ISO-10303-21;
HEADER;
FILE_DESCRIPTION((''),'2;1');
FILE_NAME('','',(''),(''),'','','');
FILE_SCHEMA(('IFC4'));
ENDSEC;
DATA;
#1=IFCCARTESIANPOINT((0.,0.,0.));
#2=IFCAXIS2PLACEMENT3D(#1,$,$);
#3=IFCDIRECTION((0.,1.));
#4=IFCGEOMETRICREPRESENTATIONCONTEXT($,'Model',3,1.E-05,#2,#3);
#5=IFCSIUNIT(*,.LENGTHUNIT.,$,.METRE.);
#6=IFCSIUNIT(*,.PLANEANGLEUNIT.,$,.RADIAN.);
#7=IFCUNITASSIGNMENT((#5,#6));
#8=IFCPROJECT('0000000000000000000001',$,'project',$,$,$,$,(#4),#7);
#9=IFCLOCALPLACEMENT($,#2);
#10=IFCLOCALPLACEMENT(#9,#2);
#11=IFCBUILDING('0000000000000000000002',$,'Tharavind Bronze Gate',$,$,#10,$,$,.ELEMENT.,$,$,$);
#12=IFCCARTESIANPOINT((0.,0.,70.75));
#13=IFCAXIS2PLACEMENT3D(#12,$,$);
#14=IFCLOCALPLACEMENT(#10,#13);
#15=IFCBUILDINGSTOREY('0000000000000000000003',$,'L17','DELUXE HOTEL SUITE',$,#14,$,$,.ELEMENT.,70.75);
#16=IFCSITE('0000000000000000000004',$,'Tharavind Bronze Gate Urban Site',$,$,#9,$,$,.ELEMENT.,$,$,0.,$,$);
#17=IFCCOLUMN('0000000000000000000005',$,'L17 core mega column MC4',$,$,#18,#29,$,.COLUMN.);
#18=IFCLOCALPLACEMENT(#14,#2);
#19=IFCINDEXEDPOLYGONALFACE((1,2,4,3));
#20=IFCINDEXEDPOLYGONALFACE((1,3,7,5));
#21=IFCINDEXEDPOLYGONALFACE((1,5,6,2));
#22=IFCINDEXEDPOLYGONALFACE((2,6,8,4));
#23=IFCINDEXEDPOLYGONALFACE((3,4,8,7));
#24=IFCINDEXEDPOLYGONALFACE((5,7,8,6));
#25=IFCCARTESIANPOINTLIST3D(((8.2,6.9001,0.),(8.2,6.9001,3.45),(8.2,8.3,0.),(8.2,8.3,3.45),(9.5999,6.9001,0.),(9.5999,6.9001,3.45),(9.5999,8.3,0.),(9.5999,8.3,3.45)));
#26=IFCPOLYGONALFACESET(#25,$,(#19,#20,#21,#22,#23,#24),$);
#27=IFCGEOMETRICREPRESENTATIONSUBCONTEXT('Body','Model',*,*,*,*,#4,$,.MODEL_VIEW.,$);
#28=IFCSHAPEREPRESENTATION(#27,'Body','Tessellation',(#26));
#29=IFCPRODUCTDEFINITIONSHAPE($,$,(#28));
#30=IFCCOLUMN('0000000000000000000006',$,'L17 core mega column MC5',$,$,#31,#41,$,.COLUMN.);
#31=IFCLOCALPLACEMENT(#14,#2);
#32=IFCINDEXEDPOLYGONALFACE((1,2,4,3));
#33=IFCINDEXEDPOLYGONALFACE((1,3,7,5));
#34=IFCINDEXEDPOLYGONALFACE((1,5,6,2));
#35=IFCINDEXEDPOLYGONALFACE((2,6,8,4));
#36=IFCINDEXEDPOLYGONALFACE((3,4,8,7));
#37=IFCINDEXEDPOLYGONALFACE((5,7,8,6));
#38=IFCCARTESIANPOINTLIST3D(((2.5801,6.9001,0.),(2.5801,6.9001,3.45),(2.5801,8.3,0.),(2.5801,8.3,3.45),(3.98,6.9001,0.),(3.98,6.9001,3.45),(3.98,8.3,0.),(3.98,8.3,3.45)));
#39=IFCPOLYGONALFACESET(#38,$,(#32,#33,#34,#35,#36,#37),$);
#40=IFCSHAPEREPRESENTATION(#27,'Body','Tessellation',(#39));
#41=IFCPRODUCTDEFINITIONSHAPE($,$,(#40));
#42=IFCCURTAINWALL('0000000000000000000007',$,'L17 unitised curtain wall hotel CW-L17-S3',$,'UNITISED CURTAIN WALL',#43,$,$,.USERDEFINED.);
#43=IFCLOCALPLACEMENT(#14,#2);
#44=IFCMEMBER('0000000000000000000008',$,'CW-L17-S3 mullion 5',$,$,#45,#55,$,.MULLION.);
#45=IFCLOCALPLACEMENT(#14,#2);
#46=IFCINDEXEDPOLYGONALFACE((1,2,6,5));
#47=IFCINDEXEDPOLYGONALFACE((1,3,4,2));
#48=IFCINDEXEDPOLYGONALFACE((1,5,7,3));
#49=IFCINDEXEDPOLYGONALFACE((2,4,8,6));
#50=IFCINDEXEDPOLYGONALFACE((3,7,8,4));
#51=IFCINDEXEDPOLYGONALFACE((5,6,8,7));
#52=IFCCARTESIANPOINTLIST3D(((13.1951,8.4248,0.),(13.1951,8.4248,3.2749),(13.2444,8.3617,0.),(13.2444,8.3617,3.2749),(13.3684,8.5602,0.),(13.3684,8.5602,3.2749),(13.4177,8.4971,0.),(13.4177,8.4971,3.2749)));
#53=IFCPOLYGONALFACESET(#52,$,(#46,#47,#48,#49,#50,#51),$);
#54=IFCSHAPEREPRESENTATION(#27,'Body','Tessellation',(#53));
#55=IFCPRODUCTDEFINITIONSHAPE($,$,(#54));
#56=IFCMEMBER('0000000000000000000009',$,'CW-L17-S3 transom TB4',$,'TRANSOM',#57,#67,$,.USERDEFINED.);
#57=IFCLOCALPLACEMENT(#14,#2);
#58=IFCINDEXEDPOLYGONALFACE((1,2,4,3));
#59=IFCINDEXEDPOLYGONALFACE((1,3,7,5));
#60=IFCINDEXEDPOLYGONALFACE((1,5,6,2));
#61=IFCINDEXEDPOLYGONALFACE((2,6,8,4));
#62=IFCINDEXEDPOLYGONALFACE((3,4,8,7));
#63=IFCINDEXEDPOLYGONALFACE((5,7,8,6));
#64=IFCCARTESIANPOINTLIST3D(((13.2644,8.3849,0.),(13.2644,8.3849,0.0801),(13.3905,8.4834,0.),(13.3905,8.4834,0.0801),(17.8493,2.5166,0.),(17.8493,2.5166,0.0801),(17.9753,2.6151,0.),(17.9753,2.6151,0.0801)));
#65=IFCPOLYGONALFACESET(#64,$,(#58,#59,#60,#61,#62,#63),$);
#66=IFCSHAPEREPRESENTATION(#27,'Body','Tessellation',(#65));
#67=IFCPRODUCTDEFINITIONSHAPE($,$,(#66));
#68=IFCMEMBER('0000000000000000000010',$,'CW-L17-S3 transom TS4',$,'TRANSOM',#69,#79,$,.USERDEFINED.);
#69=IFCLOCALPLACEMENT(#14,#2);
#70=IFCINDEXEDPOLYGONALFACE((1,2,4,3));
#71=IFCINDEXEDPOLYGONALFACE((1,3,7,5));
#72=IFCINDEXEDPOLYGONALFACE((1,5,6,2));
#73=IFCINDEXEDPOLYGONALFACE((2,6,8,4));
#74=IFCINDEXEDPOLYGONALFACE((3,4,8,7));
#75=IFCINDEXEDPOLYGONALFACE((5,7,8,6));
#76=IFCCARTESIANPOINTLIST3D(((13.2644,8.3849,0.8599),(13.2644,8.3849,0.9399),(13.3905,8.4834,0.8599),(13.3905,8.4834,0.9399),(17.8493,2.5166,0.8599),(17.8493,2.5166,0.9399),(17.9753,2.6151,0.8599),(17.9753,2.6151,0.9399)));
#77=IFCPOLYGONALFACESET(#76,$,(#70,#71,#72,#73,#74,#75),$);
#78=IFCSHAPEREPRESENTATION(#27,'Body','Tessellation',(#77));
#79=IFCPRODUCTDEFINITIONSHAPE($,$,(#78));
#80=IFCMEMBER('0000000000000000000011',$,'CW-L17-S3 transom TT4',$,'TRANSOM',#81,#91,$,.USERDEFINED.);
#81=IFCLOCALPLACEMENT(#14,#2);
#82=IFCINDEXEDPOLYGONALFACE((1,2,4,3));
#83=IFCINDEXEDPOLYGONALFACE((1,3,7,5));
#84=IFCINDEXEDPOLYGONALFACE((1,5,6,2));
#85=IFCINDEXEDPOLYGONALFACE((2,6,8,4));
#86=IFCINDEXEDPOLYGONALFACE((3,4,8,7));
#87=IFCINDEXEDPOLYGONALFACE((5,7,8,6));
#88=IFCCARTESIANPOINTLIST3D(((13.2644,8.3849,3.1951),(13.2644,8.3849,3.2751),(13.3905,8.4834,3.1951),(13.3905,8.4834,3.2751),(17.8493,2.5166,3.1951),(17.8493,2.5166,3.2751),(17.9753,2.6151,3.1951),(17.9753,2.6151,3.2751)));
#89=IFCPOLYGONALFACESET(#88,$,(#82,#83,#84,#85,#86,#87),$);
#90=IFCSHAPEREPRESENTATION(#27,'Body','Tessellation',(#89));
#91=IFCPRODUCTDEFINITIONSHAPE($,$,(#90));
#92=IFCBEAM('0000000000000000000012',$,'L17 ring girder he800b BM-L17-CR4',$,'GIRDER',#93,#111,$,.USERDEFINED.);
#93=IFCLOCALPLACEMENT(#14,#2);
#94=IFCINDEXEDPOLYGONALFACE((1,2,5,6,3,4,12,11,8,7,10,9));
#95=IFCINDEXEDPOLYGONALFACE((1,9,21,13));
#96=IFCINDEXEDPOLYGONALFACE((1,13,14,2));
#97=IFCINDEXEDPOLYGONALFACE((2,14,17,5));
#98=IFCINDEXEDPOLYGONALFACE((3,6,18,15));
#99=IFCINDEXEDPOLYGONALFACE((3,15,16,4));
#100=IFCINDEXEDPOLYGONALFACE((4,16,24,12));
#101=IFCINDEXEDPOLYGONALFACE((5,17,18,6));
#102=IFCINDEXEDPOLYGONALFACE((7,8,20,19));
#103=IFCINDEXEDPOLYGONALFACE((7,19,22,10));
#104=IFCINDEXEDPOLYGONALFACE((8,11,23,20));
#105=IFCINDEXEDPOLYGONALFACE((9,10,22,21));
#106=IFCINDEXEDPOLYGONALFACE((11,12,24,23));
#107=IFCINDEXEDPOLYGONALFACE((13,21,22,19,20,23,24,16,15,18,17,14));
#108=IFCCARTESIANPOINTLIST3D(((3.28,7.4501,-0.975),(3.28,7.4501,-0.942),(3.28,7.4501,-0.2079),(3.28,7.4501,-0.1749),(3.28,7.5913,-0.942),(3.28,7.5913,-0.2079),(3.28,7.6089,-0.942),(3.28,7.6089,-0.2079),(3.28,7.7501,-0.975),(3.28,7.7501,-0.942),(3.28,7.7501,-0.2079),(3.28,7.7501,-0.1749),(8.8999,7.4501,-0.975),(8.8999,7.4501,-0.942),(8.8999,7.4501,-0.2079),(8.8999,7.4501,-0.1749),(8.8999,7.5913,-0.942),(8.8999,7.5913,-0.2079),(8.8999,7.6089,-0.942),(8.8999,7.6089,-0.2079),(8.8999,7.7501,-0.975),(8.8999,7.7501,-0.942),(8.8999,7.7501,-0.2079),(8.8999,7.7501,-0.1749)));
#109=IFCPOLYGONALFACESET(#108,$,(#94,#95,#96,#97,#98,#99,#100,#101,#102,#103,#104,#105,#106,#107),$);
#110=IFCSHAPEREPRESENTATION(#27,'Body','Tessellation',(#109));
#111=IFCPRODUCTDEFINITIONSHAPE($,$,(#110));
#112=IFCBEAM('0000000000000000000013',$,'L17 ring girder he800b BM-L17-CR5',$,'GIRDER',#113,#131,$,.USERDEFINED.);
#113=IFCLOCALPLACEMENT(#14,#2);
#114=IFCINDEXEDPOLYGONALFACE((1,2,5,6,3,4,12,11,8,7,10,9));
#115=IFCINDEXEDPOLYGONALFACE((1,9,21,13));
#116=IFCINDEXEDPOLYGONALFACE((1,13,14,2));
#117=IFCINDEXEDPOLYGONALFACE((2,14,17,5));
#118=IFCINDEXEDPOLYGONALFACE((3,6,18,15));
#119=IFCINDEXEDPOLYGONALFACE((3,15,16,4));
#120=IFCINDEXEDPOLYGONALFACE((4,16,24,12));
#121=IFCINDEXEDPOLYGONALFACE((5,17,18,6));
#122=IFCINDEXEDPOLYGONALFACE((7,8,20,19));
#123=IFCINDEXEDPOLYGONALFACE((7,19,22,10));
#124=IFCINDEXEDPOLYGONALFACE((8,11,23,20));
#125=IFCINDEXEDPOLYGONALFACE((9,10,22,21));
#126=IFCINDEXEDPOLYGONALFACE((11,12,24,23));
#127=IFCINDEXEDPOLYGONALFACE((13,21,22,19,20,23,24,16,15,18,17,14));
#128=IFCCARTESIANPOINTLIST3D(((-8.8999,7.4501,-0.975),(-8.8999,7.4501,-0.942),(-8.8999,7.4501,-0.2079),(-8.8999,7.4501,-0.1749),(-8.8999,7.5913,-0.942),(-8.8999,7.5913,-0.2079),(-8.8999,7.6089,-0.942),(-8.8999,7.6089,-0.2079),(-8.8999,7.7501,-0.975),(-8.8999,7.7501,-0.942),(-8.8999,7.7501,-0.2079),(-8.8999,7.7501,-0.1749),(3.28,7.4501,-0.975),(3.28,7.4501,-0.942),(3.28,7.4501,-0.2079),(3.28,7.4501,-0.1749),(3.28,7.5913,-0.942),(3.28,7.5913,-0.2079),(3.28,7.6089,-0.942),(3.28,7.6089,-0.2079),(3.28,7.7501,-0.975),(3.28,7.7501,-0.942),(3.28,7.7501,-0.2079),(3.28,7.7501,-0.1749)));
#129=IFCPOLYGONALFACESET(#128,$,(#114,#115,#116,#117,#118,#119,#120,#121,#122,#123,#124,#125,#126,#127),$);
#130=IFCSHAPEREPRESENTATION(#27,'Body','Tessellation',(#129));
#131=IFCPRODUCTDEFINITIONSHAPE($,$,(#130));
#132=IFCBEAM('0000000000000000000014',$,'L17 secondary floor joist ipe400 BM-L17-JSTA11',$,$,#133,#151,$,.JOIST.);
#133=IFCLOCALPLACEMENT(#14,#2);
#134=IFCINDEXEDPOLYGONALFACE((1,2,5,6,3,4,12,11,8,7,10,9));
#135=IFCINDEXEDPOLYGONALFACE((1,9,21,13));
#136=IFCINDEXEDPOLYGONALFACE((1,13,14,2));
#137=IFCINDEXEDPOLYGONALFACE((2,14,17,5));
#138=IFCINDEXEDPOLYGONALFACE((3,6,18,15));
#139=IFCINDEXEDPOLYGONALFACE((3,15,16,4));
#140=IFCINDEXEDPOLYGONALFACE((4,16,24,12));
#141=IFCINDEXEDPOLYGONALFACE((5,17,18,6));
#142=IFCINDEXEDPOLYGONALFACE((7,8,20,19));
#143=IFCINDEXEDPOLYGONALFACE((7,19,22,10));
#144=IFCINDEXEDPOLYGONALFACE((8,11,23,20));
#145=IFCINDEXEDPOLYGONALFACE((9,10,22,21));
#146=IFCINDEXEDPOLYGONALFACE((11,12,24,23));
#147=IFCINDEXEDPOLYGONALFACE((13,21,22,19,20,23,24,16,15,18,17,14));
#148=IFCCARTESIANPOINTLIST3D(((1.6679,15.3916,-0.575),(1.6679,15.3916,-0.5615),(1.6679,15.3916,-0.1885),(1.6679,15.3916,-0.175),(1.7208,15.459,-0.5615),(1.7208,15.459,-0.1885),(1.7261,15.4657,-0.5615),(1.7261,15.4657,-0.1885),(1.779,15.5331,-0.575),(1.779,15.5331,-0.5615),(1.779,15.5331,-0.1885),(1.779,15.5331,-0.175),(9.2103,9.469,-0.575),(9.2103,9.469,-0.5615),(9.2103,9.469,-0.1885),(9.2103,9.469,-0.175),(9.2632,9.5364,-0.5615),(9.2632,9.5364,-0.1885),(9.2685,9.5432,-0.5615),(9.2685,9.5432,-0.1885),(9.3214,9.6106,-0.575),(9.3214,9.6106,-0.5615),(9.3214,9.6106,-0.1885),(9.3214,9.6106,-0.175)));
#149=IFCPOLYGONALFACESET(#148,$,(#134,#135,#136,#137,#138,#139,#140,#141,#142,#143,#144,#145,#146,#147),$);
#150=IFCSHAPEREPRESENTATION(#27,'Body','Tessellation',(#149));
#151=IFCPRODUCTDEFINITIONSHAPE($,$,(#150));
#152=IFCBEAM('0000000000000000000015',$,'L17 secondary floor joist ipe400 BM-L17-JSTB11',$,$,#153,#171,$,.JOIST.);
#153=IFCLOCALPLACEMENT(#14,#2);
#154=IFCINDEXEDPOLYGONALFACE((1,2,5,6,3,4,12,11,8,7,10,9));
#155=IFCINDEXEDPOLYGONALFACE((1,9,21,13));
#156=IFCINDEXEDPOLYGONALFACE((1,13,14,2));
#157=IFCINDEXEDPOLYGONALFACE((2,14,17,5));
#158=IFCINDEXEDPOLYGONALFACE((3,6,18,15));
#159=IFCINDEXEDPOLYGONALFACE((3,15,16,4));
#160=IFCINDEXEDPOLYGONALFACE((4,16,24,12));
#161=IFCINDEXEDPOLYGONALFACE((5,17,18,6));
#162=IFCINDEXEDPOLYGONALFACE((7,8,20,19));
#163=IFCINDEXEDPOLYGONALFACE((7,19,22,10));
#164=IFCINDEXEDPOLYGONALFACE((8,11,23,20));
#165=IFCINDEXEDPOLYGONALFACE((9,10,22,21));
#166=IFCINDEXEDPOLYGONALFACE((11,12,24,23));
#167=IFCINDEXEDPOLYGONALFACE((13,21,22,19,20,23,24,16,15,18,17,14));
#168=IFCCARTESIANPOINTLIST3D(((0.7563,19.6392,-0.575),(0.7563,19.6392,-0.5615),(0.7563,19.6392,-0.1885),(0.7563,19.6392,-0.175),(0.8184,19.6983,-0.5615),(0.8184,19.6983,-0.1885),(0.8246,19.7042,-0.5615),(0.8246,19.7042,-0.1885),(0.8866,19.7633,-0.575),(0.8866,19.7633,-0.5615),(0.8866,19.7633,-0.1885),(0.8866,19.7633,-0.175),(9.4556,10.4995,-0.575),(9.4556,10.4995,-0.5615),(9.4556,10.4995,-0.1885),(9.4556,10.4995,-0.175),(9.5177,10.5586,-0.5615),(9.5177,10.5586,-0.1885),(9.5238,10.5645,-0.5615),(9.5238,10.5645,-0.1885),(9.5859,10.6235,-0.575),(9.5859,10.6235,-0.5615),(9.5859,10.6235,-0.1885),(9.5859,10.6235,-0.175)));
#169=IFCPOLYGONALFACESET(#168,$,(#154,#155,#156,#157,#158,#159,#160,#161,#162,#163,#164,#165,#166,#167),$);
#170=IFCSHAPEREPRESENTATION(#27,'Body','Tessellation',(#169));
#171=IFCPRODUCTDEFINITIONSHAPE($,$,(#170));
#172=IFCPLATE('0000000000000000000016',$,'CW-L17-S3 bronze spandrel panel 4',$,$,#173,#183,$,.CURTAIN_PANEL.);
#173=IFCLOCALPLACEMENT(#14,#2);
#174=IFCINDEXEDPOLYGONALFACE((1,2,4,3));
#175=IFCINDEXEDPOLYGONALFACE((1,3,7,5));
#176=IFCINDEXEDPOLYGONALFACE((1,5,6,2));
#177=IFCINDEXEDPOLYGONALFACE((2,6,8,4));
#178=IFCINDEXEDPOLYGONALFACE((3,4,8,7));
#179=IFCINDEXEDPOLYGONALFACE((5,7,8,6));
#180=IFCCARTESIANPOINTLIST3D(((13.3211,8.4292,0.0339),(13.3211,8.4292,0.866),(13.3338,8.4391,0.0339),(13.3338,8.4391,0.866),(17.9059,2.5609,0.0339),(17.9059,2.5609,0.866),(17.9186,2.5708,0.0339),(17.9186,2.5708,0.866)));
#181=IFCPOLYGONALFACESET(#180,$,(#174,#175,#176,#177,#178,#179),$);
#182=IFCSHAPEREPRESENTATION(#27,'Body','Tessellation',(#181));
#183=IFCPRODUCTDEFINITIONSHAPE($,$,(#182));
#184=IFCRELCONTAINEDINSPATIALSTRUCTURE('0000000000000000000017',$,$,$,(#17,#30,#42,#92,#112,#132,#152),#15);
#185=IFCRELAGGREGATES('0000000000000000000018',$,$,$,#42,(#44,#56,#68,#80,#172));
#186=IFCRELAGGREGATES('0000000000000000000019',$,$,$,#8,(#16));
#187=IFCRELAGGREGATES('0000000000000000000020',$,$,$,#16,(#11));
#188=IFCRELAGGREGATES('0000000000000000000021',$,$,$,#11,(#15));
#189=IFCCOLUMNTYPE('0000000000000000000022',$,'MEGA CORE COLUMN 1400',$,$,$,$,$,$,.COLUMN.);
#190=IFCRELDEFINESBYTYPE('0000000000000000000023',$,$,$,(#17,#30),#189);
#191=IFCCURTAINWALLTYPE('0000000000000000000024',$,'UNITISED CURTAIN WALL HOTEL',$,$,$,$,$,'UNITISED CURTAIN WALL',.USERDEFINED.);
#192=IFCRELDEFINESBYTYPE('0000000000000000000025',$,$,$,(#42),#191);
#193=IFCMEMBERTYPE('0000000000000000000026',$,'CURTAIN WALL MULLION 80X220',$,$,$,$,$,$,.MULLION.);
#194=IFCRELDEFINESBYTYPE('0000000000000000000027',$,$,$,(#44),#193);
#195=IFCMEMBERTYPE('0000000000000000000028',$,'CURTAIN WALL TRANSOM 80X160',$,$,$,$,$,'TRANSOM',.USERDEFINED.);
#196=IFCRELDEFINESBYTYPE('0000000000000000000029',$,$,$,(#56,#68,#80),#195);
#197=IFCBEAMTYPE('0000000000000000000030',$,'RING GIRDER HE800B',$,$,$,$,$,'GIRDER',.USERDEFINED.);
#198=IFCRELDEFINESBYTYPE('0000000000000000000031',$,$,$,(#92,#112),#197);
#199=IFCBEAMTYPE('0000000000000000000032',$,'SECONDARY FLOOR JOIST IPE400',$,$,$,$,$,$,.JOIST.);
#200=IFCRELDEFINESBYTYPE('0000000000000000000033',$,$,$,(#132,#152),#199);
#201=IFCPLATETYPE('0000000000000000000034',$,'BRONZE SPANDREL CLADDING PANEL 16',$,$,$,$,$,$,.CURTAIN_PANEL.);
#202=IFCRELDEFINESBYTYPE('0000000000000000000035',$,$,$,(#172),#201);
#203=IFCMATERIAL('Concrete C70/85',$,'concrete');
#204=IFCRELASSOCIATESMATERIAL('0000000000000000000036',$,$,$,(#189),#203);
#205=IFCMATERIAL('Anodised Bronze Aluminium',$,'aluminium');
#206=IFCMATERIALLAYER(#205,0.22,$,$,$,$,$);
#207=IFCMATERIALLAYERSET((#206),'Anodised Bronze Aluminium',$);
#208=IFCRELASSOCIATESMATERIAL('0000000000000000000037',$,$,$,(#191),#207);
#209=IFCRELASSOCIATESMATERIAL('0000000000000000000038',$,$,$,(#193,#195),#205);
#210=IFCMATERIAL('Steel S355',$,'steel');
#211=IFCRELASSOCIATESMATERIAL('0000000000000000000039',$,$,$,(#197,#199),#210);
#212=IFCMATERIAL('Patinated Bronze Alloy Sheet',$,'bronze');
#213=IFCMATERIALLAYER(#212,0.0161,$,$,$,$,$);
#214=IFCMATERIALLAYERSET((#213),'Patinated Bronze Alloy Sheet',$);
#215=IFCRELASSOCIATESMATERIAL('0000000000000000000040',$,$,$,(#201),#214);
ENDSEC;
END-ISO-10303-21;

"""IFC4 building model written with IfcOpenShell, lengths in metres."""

from ifc_helpers import new_model, si_unit, direction, frame, origin, origin_2d, place, context, subcontext, project, spatial, rectangle, i_section, extrude, material, layer, layer_set, material_profile, profile_set, type_object, element, aggregate, save


model = new_model("IFC4")

# Units and contexts
model_context = context("Model", 3, precision=1e-05, world=origin(), true_north=direction((0.0, 1.0)))
body_context = subcontext(model_context, "Body", "Model", "MODEL_VIEW")
ifc_project = project(units=[si_unit("LENGTHUNIT", "METRE"), si_unit("PLANEANGLEUNIT", "RADIAN")], contexts=[model_context])

# Site, building, storey
site_placement = place(None, origin())
site = spatial("IfcSite", under=ifc_project, at=site_placement, Name="Tharavind Bronze Gate Urban Site", CompositionType="ELEMENT", RefElevation=0.0)
building_placement = place(site_placement, origin())
building = spatial("IfcBuilding", under=site, at=building_placement, Name="Tharavind Bronze Gate", CompositionType="ELEMENT")
storey_placement = place(building_placement, frame((0.0, 0.0, 70.75)))
storey = spatial("IfcBuildingStorey", under=building, at=storey_placement, Name="L17", Description="DELUXE HOTEL SUITE", CompositionType="ELEMENT", Elevation=70.75)

# Columns
ifc_material_1 = material(Name="Concrete C70/85", Category="concrete")
ifc_material_profile_1 = material_profile(ifc_material_1, rectangle(XDim=1.3999, YDim=1.3999, at=origin_2d()), Name="RCCOL1400")
ifc_profile_set_1 = profile_set([ifc_material_profile_1], Name="Concrete C70/85")
column_type = type_object("IfcColumnType", Name="MEGA CORE COLUMN 1400", PredefinedType="COLUMN", material=ifc_profile_set_1)
for number, where, z_axis, x_axis, name in (
    (1, (8.8999, 7.6001, 0.0), (0.0, 0.0, 1.0), (1.0, 0.0, 0.0), "L17 core mega column MC4"),
    (2, (3.28, 7.6001, 0.0), (0.0, 0.0, 1.0), (1.0, 0.0, 0.0), "L17 core mega column MC5"),
):
    element("IfcColumn", number, at=place(storey_placement, frame(where, z_axis=z_axis, x_axis=x_axis)), inside=storey, type_object=column_type, Name=name, PredefinedType="COLUMN", context=body_context, shape_type="SweptSolid", body=[
        extrude(rectangle(XDim=1.3999, YDim=1.3999, at=origin_2d()), origin(), (0.0, 0.0, 1.0), 3.45),
    ])

# Curtain wall, members
ifc_material_2 = material(Name="Anodised Bronze Aluminium", Category="aluminium")
ifc_layer_1 = layer(ifc_material_2, 0.22)
ifc_layer_set_1 = layer_set([ifc_layer_1], Name="Anodised Bronze Aluminium")
curtain_wall_type = type_object("IfcCurtainWallType", Name="UNITISED CURTAIN WALL HOTEL", ElementType="UNITISED CURTAIN WALL", PredefinedType="USERDEFINED", material=ifc_layer_set_1)
curtain_wall_placement = place(storey_placement, origin())
curtain_wall = element("IfcCurtainWall", 3, at=curtain_wall_placement, inside=storey, type_object=curtain_wall_type, Name="L17 unitised curtain wall hotel CW-L17-S3", ObjectType="UNITISED CURTAIN WALL", PredefinedType="USERDEFINED")
member_type_1 = type_object("IfcMemberType", Name="CURTAIN WALL MULLION 80X220", PredefinedType="MULLION", material=ifc_material_2)
member_1_placement = place(storey_placement, frame((13.3064, 8.4609, 0.0), z_axis=(0.0, 0.0, 1.0), x_axis=(-0.615661, 0.788011, 0.0)))
member_1 = element("IfcMember", 4, at=member_1_placement, type_object=member_type_1, Name="CW-L17-S3 mullion 5", PredefinedType="MULLION", context=body_context, shape_type="SweptSolid", body=[
    extrude(rectangle(XDim=0.0801, YDim=0.22, at=origin_2d()), origin(), (0.0, 0.0, 1.0), 3.2749),
])
member_type_2 = type_object("IfcMemberType", Name="CURTAIN WALL TRANSOM 80X160", ElementType="TRANSOM", PredefinedType="USERDEFINED", material=ifc_material_2)
member_2_placement = place(storey_placement, frame((15.6199, 5.5, 0.0), z_axis=(0.0, 0.0, 1.0), x_axis=(-0.615661, 0.788011, 0.0)))
member_2 = element("IfcMember", 5, at=member_2_placement, type_object=member_type_2, Name="CW-L17-S3 transom TB4", ObjectType="TRANSOM", PredefinedType="USERDEFINED", context=body_context, shape_type="SweptSolid", body=[
    extrude(rectangle(XDim=7.447, YDim=0.1599, at=origin_2d()), origin(), (0.0, 0.0, 1.0), 0.0801),
])
member_3_placement = place(storey_placement, frame((15.6199, 5.5, 0.8599), z_axis=(0.0, 0.0, 1.0), x_axis=(-0.615661, 0.788011, 0.0)))
member_3 = element("IfcMember", 6, at=member_3_placement, type_object=member_type_2, Name="CW-L17-S3 transom TS4", ObjectType="TRANSOM", PredefinedType="USERDEFINED", context=body_context, shape_type="SweptSolid", body=[
    extrude(rectangle(XDim=7.447, YDim=0.1599, at=origin_2d()), origin(), (0.0, 0.0, 1.0), 0.0801),
])
member_4_placement = place(storey_placement, frame((15.6199, 5.5, 3.1951), z_axis=(0.0, 0.0, 1.0), x_axis=(-0.615661, 0.788011, 0.0)))
member_4 = element("IfcMember", 7, at=member_4_placement, type_object=member_type_2, Name="CW-L17-S3 transom TT4", ObjectType="TRANSOM", PredefinedType="USERDEFINED", context=body_context, shape_type="SweptSolid", body=[
    extrude(rectangle(XDim=7.447, YDim=0.1599, at=origin_2d()), origin(), (0.0, 0.0, 1.0), 0.0801),
])

# Beams
ifc_material_3 = material(Name="Steel S355", Category="steel")
ifc_material_profile_2 = material_profile(ifc_material_3, i_section(OverallWidth=0.3, OverallDepth=0.8, WebThickness=0.0176, FlangeThickness=0.033, at=origin_2d()), Name="HE800B")
ifc_profile_set_2 = profile_set([ifc_material_profile_2], Name="Steel S355")
beam_type_1 = type_object("IfcBeamType", Name="RING GIRDER HE800B", ElementType="GIRDER", PredefinedType="USERDEFINED", material=ifc_profile_set_2)
beam_1_placement = place(storey_placement, frame((8.8999, 7.6001, -0.575), z_axis=(-1.0, 0.0, 0.0), x_axis=(0.0, -1.0, 0.0)))
element("IfcBeam", 8, at=beam_1_placement, inside=storey, type_object=beam_type_1, Name="L17 ring girder he800b BM-L17-CR4", ObjectType="GIRDER", PredefinedType="USERDEFINED", context=body_context, shape_type="SweptSolid", body=[
    extrude(i_section(OverallWidth=0.3, OverallDepth=0.8, WebThickness=0.0176, FlangeThickness=0.033, at=origin_2d()), origin(), (0.0, 0.0, 1.0), 5.6199),
])
beam_2_placement = place(storey_placement, frame((3.28, 7.6001, -0.575), z_axis=(-1.0, 0.0, 0.0), x_axis=(0.0, -1.0, 0.0)))
element("IfcBeam", 9, at=beam_2_placement, inside=storey, type_object=beam_type_1, Name="L17 ring girder he800b BM-L17-CR5", ObjectType="GIRDER", PredefinedType="USERDEFINED", context=body_context, shape_type="SweptSolid", body=[
    extrude(i_section(OverallWidth=0.3, OverallDepth=0.8, WebThickness=0.0176, FlangeThickness=0.033, at=origin_2d()), origin(), (0.0, 0.0, 1.0), 12.1799),
])
ifc_material_profile_3 = material_profile(ifc_material_3, i_section(OverallWidth=0.1799, OverallDepth=0.3999, WebThickness=0.0085, FlangeThickness=0.0134, at=origin_2d()), Name="IPE400")
ifc_profile_set_3 = profile_set([ifc_material_profile_3], Name="Steel S355")
beam_type_2 = type_object("IfcBeamType", Name="SECONDARY FLOOR JOIST IPE400", PredefinedType="JOIST", material=ifc_profile_set_3)
beam_3_placement = place(storey_placement, frame((9.2659, 9.5398, -0.375), z_axis=(-0.786502, 0.617588, 0.0), x_axis=(-0.617588, -0.786502, 0.0)))
element("IfcBeam", 10, at=beam_3_placement, inside=storey, type_object=beam_type_2, Name="L17 secondary floor joist ipe400 BM-L17-JSTA11", PredefinedType="JOIST", context=body_context, shape_type="SweptSolid", body=[
    extrude(i_section(OverallWidth=0.1799, OverallDepth=0.3999, WebThickness=0.0085, FlangeThickness=0.0134, at=origin_2d()), origin(), (0.0, 0.0, 1.0), 9.5898),
])
beam_4_placement = place(storey_placement, frame((9.5208, 10.5615, -0.375), z_axis=(-0.689439, 0.724344, 0.0), x_axis=(-0.724344, -0.689439, 0.0)))
element("IfcBeam", 11, at=beam_4_placement, inside=storey, type_object=beam_type_2, Name="L17 secondary floor joist ipe400 BM-L17-JSTB11", PredefinedType="JOIST", context=body_context, shape_type="SweptSolid", body=[
    extrude(i_section(OverallWidth=0.1799, OverallDepth=0.3999, WebThickness=0.0085, FlangeThickness=0.0134, at=origin_2d()), origin(), (0.0, 0.0, 1.0), 12.6179),
])

# Plate
ifc_material_4 = material(Name="Patinated Bronze Alloy Sheet", Category="bronze")
ifc_layer_2 = layer(ifc_material_4, 0.0161)
ifc_layer_set_2 = layer_set([ifc_layer_2], Name="Patinated Bronze Alloy Sheet")
plate_type_1 = type_object("IfcPlateType", Name="BRONZE SPANDREL CLADDING PANEL 16", PredefinedType="CURTAIN_PANEL", material=ifc_layer_set_2)
plate_1_placement = place(storey_placement, frame((15.6199, 5.5, 0.0339), z_axis=(0.0, 0.0, 1.0), x_axis=(-0.615661, 0.788011, 0.0)))
plate_1 = element("IfcPlate", 12, at=plate_1_placement, type_object=plate_type_1, Name="CW-L17-S3 bronze spandrel panel 4", PredefinedType="CURTAIN_PANEL", context=body_context, shape_type="SweptSolid", body=[
    extrude(rectangle(XDim=7.447, YDim=0.0161, at=origin_2d()), origin(), (0.0, 0.0, 1.0), 0.832),
])
aggregate(curtain_wall, [member_1, member_2, member_3, member_4, plate_1])

save(model, "model.ifc")
